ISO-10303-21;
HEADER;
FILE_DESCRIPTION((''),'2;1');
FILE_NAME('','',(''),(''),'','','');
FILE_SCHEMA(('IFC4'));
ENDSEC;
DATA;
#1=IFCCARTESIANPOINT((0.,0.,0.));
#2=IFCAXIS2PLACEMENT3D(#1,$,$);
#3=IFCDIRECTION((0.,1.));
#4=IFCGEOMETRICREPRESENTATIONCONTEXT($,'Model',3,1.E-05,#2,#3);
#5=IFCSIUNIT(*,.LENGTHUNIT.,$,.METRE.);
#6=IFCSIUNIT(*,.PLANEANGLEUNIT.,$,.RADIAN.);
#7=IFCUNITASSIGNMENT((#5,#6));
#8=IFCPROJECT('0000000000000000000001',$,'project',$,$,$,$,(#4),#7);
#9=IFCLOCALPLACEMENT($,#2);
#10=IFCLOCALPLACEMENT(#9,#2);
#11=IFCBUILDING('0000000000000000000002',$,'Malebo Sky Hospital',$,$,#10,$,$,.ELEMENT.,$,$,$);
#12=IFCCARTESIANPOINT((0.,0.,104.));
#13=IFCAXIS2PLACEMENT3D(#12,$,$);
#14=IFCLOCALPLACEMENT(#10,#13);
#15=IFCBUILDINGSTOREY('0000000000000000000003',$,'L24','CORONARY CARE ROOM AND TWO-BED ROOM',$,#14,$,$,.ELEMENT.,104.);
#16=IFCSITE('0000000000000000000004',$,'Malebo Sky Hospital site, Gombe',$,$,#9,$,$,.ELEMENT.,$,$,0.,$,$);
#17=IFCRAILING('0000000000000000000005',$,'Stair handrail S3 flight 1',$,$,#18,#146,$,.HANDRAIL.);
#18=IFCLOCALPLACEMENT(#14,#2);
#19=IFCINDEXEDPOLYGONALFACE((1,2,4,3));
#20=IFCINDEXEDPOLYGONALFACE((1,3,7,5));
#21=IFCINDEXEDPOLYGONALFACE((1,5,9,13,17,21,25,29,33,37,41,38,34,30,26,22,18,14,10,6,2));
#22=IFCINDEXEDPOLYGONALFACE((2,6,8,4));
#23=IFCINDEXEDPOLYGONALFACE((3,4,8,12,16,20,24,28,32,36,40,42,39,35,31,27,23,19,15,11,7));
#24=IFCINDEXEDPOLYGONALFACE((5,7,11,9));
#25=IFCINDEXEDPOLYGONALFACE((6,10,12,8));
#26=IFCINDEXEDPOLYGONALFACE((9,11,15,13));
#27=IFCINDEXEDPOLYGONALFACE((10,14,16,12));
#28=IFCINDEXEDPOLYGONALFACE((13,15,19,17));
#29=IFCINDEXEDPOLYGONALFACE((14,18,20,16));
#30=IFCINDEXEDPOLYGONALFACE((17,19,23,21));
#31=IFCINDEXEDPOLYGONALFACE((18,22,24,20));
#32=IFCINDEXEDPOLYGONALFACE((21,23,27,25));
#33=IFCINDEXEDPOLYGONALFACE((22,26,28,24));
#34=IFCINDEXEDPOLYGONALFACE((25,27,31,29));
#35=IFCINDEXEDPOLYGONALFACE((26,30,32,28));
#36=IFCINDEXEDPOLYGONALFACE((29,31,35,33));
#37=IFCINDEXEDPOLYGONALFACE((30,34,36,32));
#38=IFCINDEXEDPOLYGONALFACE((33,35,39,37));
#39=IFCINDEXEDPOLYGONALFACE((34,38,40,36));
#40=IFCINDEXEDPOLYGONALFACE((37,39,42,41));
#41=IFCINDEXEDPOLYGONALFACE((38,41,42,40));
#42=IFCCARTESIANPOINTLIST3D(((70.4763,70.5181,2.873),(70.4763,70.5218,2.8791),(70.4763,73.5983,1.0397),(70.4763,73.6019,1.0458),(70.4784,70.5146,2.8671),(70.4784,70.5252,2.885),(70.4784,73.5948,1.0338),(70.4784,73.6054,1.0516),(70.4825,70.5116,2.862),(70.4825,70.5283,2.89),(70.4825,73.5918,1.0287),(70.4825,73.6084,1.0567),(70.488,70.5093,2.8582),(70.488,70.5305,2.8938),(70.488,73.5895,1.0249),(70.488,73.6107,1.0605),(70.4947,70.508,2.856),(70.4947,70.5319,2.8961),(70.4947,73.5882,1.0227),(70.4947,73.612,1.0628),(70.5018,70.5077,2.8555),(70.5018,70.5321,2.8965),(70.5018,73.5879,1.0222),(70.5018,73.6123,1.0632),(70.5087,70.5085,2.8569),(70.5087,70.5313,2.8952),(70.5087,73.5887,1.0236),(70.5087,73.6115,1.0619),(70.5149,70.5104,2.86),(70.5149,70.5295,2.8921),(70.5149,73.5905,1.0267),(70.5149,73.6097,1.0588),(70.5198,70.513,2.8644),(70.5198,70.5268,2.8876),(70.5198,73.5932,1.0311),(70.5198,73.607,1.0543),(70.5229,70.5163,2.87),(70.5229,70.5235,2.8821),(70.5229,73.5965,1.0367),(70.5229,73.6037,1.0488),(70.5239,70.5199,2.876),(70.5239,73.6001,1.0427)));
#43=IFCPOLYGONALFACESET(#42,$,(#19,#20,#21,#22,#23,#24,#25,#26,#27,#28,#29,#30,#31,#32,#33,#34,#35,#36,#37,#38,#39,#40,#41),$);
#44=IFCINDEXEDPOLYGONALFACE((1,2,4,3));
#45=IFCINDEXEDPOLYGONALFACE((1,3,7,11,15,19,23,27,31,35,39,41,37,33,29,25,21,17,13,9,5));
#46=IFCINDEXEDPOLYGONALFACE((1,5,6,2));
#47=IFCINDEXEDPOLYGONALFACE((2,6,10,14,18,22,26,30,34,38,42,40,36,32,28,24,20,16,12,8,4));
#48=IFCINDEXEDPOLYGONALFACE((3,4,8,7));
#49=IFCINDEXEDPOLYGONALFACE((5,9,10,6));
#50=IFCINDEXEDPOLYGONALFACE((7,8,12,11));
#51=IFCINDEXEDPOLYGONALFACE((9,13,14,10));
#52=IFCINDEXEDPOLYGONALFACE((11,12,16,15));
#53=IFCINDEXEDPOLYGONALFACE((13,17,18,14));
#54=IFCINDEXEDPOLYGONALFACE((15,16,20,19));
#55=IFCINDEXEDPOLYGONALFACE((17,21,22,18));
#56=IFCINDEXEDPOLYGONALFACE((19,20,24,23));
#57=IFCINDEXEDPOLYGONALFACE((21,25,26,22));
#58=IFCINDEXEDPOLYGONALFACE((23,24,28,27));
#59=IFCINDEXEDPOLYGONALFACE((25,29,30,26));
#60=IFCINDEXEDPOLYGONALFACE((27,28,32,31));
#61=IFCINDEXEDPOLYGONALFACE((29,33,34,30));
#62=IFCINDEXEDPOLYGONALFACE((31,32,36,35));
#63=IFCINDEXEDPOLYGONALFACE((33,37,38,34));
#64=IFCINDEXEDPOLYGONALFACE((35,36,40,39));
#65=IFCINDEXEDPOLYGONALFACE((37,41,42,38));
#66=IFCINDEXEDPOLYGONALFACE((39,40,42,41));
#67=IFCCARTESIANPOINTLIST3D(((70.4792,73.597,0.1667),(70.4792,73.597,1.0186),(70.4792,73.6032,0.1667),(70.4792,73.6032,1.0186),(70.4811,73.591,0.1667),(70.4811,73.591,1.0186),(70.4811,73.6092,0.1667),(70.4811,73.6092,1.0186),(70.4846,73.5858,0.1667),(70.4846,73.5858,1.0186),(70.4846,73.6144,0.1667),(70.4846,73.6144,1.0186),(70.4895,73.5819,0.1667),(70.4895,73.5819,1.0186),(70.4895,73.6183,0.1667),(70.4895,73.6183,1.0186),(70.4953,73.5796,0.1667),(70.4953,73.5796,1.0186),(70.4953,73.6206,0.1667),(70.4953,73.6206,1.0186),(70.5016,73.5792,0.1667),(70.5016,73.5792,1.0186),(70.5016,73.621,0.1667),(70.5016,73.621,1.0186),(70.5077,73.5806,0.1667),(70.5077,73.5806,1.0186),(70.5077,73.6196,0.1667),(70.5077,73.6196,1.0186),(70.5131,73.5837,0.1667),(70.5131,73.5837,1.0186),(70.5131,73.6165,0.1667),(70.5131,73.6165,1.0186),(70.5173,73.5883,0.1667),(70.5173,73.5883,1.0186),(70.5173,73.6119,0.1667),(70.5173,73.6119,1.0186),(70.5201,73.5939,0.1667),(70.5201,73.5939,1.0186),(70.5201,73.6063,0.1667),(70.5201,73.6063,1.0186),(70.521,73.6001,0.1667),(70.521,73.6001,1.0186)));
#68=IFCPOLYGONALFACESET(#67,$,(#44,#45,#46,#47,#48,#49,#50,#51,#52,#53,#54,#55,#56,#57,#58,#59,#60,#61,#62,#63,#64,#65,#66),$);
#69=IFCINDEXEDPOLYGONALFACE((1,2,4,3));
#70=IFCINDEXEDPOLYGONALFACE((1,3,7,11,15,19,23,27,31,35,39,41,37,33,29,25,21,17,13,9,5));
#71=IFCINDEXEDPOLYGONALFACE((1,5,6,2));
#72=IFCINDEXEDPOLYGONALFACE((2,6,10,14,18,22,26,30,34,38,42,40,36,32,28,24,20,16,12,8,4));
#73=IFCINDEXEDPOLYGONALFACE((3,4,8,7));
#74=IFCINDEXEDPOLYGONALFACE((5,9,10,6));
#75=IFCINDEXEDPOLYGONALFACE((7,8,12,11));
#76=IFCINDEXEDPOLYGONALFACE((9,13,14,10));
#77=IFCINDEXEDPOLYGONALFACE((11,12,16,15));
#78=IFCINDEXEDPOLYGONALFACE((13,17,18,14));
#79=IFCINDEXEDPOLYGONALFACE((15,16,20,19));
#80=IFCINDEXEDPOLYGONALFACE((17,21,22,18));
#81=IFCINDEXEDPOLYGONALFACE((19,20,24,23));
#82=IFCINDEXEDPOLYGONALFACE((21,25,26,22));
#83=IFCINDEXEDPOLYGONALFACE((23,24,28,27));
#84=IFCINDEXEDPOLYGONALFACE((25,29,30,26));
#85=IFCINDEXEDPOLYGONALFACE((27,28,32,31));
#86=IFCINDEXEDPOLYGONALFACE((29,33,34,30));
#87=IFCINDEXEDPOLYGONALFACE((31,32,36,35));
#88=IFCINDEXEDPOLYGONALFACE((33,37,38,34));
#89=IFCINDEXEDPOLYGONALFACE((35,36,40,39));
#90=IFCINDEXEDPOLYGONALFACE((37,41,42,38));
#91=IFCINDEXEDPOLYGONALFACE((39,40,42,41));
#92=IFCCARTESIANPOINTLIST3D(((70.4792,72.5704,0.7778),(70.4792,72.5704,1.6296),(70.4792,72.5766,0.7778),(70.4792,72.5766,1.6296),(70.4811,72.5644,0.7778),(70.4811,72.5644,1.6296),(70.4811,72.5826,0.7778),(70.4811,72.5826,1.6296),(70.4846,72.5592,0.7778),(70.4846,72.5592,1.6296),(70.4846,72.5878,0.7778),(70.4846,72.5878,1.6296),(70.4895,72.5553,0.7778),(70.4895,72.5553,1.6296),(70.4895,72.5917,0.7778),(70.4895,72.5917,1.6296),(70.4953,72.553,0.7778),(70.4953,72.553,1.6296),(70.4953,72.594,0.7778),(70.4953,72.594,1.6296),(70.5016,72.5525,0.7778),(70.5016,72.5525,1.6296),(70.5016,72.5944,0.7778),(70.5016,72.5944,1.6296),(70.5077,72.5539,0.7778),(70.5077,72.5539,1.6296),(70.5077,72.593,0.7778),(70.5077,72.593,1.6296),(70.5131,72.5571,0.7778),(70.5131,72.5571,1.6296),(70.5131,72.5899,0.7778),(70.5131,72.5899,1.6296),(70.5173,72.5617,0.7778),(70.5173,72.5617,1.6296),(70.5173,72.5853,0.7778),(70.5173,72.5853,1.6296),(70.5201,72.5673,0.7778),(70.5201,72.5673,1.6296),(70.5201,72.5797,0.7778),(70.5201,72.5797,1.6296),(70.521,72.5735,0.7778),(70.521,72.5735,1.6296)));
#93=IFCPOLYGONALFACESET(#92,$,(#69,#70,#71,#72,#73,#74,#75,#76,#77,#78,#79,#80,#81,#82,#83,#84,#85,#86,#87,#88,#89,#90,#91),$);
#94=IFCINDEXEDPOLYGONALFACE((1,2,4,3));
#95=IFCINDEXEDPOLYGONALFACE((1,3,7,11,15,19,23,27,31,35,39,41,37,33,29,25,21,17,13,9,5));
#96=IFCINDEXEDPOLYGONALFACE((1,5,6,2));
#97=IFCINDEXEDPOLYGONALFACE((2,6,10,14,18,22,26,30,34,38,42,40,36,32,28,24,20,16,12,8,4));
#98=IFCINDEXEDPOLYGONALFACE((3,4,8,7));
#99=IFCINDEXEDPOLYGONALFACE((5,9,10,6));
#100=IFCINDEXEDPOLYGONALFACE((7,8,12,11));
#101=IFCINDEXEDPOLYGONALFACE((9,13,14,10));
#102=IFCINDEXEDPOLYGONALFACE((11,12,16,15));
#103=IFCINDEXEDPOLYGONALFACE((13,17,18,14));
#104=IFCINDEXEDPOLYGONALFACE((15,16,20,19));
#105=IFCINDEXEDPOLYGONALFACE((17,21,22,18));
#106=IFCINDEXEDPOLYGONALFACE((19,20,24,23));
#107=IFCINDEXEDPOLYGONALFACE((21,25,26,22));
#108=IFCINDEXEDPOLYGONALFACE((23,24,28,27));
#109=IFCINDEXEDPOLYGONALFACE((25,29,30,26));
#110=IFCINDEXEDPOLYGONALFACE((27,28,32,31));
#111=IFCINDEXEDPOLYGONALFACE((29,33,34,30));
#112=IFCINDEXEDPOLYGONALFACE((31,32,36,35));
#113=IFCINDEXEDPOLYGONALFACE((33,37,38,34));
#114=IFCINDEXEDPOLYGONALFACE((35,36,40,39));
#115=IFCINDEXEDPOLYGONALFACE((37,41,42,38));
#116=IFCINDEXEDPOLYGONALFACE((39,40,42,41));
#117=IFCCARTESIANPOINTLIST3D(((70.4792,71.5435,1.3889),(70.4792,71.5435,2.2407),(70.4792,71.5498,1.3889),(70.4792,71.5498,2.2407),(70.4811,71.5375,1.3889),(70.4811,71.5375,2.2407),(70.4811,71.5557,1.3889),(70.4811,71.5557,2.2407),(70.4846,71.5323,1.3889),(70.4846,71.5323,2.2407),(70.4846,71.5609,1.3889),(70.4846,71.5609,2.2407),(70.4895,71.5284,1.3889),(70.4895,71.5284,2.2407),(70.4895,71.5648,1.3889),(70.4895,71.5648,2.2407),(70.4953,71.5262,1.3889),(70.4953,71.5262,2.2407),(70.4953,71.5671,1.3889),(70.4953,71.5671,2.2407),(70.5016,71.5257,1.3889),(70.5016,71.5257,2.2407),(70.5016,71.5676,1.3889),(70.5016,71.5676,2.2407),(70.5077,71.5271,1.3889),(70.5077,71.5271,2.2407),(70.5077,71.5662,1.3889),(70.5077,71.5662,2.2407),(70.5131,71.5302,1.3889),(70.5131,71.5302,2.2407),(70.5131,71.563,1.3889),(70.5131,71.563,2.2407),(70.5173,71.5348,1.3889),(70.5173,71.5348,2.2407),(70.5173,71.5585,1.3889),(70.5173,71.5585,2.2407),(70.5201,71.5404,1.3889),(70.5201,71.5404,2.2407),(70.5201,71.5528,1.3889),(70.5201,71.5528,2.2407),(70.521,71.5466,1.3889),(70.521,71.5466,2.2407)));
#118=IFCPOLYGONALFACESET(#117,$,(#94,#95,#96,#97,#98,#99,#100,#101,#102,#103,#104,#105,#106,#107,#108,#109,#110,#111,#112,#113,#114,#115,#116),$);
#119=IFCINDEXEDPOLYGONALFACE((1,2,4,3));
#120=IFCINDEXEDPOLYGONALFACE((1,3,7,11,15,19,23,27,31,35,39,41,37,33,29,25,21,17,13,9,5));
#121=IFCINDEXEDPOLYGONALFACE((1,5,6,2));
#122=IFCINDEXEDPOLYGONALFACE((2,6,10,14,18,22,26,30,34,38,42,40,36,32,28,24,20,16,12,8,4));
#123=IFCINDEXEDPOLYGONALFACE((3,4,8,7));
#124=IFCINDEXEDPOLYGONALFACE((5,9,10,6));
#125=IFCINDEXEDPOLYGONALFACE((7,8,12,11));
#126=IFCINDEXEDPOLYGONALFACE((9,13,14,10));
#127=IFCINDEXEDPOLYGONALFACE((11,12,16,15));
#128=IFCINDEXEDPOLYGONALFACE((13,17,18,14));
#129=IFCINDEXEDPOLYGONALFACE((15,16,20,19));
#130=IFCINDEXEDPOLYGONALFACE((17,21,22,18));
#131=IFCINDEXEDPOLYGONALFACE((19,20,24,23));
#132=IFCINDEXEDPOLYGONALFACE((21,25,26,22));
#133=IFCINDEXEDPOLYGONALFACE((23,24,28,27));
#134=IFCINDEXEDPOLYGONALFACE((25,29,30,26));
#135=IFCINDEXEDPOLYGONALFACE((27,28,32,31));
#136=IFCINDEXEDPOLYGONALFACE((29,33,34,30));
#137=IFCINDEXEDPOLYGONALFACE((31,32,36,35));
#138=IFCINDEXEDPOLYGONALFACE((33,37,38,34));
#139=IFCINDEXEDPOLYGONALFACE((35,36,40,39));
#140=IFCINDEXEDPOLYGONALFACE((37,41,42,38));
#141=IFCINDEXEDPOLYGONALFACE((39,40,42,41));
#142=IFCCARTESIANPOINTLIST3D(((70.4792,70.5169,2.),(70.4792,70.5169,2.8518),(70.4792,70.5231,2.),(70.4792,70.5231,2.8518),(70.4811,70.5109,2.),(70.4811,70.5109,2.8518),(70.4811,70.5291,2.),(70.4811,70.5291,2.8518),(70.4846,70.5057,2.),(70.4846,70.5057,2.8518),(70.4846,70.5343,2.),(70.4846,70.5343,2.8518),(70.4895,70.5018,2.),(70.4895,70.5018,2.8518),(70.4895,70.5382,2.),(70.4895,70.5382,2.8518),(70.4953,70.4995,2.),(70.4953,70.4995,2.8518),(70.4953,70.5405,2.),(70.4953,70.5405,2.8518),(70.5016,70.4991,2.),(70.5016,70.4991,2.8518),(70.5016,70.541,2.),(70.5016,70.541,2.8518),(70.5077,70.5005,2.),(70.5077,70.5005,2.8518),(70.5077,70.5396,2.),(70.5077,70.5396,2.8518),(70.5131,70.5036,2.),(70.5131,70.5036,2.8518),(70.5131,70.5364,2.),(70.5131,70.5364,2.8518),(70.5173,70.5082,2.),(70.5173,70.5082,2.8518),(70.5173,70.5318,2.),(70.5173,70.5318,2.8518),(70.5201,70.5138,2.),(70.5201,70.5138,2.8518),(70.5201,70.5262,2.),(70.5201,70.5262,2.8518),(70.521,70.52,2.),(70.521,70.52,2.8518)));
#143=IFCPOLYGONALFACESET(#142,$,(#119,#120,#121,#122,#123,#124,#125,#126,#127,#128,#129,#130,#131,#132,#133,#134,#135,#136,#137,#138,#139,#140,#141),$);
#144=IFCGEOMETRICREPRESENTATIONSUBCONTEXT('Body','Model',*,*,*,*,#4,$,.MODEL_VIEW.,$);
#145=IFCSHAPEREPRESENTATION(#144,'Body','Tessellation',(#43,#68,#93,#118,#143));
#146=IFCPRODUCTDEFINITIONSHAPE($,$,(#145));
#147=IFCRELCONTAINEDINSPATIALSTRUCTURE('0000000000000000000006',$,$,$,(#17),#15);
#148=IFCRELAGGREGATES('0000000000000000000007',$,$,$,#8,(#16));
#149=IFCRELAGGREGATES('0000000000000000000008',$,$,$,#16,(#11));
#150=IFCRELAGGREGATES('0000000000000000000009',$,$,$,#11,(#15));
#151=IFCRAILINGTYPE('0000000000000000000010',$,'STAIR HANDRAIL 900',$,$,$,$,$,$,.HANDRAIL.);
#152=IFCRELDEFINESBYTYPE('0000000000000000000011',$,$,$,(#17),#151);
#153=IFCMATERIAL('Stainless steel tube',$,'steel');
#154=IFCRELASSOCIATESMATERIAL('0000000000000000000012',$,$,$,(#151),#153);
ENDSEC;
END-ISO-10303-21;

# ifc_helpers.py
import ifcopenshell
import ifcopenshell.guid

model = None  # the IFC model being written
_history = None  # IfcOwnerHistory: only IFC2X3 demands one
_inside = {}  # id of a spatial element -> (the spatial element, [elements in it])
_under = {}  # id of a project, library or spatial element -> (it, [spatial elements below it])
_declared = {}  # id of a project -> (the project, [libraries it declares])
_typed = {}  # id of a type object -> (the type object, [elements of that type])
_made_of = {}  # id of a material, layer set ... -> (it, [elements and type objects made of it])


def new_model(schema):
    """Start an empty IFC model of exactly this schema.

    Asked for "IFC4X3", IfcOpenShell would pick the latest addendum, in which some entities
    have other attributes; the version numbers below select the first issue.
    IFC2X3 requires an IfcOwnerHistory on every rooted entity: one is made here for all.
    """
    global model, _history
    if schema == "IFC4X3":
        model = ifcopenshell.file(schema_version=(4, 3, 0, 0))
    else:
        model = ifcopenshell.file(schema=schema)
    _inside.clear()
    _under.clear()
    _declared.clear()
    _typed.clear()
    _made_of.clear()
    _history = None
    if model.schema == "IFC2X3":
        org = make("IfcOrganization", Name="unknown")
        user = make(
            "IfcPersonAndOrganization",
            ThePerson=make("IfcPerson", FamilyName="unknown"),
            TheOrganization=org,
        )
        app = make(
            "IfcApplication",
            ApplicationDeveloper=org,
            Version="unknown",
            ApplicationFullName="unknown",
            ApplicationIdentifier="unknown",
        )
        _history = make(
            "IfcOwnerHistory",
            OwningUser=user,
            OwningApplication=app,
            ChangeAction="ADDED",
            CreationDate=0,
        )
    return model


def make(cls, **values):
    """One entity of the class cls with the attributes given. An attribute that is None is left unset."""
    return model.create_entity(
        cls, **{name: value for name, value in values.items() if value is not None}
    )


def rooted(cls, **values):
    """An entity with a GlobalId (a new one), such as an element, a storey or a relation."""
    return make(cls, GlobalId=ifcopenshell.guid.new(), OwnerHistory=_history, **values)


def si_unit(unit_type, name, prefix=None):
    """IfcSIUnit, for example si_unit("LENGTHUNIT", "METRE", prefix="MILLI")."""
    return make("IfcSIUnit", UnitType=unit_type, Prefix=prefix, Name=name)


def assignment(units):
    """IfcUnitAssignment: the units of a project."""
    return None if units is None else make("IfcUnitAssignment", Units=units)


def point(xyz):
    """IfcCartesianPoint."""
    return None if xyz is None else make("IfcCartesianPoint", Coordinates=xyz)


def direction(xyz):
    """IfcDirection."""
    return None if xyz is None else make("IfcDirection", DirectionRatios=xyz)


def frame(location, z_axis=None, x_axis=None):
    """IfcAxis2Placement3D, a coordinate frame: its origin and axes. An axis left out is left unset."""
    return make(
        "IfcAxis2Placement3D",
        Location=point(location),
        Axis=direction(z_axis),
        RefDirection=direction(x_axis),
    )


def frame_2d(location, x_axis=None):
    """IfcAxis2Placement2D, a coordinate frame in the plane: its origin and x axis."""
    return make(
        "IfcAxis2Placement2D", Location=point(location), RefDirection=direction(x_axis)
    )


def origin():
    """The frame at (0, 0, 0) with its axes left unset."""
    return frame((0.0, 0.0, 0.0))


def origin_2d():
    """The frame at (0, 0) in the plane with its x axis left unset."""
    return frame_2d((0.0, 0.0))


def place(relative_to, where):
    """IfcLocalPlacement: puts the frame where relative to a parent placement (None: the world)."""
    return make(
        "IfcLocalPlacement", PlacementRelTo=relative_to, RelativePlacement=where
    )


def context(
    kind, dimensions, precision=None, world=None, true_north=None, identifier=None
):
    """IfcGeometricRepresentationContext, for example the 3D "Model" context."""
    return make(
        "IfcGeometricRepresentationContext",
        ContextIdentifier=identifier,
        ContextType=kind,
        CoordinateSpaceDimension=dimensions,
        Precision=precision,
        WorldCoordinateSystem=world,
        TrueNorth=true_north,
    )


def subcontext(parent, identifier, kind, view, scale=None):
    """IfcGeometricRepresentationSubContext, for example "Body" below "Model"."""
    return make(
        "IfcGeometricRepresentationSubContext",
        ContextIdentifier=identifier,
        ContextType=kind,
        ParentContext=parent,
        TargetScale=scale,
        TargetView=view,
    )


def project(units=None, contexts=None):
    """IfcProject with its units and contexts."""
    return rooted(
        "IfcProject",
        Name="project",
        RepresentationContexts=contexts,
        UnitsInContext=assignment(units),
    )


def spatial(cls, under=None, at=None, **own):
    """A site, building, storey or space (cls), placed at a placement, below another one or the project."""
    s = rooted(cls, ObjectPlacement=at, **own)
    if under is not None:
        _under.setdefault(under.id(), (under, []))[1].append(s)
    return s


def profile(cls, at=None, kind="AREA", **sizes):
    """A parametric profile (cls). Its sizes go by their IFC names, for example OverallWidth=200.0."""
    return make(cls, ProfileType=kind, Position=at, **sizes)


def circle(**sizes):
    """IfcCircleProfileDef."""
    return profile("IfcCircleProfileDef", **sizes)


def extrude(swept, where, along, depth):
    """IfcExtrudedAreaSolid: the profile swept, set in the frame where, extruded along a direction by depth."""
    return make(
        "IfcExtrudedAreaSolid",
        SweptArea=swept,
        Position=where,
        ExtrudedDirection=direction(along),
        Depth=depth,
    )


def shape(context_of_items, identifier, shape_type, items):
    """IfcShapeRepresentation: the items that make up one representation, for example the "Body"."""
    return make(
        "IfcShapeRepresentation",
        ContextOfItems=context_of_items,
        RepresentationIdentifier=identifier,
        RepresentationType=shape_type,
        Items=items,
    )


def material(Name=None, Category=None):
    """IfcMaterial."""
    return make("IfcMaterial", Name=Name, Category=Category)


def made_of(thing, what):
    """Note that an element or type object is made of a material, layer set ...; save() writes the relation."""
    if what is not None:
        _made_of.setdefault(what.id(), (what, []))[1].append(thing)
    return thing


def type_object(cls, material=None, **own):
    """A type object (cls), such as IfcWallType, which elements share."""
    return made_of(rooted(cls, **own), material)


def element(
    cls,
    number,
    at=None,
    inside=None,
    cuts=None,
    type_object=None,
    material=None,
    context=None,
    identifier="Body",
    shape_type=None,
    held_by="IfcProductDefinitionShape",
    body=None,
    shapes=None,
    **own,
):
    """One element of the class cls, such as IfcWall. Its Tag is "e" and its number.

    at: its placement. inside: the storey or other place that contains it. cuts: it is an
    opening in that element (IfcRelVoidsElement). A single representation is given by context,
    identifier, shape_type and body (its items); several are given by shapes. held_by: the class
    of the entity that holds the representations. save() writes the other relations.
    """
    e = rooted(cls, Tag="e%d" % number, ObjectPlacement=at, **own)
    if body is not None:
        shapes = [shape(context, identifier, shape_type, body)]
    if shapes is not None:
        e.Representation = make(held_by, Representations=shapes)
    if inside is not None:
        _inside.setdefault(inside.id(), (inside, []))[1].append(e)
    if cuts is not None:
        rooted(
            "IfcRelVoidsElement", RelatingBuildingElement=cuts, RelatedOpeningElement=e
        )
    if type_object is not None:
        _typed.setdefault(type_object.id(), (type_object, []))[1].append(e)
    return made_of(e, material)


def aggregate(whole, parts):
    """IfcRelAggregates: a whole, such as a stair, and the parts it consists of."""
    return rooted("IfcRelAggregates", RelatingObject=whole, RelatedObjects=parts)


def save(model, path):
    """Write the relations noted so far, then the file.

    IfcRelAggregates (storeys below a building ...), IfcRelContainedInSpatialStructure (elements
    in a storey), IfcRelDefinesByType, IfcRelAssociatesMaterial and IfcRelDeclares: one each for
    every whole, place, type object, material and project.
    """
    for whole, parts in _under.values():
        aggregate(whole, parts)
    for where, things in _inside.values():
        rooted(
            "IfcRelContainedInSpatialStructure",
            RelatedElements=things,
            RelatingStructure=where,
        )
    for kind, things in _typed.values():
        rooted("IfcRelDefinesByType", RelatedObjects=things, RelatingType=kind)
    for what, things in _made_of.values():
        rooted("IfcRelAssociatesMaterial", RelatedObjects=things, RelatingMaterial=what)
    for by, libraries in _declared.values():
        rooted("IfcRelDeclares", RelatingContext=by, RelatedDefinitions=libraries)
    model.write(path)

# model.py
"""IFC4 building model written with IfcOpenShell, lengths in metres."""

from ifc_helpers import new_model, si_unit, direction, frame, origin, origin_2d, place, context, subcontext, project, spatial, circle, extrude, material, type_object, element, save


model = new_model("IFC4")

# Units and contexts
model_context = context("Model", 3, precision=1e-05, world=origin(), true_north=direction((0.0, 1.0)))
body_context = subcontext(model_context, "Body", "Model", "MODEL_VIEW")
ifc_project = project(units=[si_unit("LENGTHUNIT", "METRE"), si_unit("PLANEANGLEUNIT", "RADIAN")], contexts=[model_context])

# Site, building, storey
site_placement = place(None, origin())
site = spatial("IfcSite", under=ifc_project, at=site_placement, Name="Malebo Sky Hospital site, Gombe", CompositionType="ELEMENT", RefElevation=0.0)
building_placement = place(site_placement, origin())
building = spatial("IfcBuilding", under=site, at=building_placement, Name="Malebo Sky Hospital", CompositionType="ELEMENT")
storey_placement = place(building_placement, frame((0.0, 0.0, 104.0)))
storey = spatial("IfcBuildingStorey", under=building, at=storey_placement, Name="L24", Description="CORONARY CARE ROOM AND TWO-BED ROOM", CompositionType="ELEMENT", Elevation=104.0)

# Railing
ifc_material_1 = material(Name="Stainless steel tube", Category="steel")
railing_type = type_object("IfcRailingType", Name="STAIR HANDRAIL 900", PredefinedType="HANDRAIL", material=ifc_material_1)
railing_1_placement = place(storey_placement, frame((70.5, 73.6001, 0.1667)))
element("IfcRailing", 1, at=railing_1_placement, inside=storey, type_object=railing_type, Name="Stair handrail S3 flight 1", PredefinedType="HANDRAIL", context=body_context, shape_type="SweptSolid", body=[
    extrude(circle(Radius=0.0239, at=origin_2d()), frame((0.0, 0.0, 0.876), z_axis=(0.0, -0.859309, 0.511458), x_axis=(1.0, 0.0, 0.0)), (0.0, 0.0, 1.0), 3.5845),
    extrude(circle(Radius=0.021, at=origin_2d()), origin(), (0.0, 0.0, 1.0), 0.8518),
    extrude(circle(Radius=0.021, at=origin_2d()), frame((0.0, -1.0266, 0.6111)), (0.0, 0.0, 1.0), 0.8518),
    extrude(circle(Radius=0.021, at=origin_2d()), frame((0.0, -2.0535, 1.2222)), (0.0, 0.0, 1.0), 0.8518),
    extrude(circle(Radius=0.021, at=origin_2d()), frame((0.0, -3.0801, 1.8333)), (0.0, 0.0, 1.0), 0.8518),
])

save(model, "model.ifc")
